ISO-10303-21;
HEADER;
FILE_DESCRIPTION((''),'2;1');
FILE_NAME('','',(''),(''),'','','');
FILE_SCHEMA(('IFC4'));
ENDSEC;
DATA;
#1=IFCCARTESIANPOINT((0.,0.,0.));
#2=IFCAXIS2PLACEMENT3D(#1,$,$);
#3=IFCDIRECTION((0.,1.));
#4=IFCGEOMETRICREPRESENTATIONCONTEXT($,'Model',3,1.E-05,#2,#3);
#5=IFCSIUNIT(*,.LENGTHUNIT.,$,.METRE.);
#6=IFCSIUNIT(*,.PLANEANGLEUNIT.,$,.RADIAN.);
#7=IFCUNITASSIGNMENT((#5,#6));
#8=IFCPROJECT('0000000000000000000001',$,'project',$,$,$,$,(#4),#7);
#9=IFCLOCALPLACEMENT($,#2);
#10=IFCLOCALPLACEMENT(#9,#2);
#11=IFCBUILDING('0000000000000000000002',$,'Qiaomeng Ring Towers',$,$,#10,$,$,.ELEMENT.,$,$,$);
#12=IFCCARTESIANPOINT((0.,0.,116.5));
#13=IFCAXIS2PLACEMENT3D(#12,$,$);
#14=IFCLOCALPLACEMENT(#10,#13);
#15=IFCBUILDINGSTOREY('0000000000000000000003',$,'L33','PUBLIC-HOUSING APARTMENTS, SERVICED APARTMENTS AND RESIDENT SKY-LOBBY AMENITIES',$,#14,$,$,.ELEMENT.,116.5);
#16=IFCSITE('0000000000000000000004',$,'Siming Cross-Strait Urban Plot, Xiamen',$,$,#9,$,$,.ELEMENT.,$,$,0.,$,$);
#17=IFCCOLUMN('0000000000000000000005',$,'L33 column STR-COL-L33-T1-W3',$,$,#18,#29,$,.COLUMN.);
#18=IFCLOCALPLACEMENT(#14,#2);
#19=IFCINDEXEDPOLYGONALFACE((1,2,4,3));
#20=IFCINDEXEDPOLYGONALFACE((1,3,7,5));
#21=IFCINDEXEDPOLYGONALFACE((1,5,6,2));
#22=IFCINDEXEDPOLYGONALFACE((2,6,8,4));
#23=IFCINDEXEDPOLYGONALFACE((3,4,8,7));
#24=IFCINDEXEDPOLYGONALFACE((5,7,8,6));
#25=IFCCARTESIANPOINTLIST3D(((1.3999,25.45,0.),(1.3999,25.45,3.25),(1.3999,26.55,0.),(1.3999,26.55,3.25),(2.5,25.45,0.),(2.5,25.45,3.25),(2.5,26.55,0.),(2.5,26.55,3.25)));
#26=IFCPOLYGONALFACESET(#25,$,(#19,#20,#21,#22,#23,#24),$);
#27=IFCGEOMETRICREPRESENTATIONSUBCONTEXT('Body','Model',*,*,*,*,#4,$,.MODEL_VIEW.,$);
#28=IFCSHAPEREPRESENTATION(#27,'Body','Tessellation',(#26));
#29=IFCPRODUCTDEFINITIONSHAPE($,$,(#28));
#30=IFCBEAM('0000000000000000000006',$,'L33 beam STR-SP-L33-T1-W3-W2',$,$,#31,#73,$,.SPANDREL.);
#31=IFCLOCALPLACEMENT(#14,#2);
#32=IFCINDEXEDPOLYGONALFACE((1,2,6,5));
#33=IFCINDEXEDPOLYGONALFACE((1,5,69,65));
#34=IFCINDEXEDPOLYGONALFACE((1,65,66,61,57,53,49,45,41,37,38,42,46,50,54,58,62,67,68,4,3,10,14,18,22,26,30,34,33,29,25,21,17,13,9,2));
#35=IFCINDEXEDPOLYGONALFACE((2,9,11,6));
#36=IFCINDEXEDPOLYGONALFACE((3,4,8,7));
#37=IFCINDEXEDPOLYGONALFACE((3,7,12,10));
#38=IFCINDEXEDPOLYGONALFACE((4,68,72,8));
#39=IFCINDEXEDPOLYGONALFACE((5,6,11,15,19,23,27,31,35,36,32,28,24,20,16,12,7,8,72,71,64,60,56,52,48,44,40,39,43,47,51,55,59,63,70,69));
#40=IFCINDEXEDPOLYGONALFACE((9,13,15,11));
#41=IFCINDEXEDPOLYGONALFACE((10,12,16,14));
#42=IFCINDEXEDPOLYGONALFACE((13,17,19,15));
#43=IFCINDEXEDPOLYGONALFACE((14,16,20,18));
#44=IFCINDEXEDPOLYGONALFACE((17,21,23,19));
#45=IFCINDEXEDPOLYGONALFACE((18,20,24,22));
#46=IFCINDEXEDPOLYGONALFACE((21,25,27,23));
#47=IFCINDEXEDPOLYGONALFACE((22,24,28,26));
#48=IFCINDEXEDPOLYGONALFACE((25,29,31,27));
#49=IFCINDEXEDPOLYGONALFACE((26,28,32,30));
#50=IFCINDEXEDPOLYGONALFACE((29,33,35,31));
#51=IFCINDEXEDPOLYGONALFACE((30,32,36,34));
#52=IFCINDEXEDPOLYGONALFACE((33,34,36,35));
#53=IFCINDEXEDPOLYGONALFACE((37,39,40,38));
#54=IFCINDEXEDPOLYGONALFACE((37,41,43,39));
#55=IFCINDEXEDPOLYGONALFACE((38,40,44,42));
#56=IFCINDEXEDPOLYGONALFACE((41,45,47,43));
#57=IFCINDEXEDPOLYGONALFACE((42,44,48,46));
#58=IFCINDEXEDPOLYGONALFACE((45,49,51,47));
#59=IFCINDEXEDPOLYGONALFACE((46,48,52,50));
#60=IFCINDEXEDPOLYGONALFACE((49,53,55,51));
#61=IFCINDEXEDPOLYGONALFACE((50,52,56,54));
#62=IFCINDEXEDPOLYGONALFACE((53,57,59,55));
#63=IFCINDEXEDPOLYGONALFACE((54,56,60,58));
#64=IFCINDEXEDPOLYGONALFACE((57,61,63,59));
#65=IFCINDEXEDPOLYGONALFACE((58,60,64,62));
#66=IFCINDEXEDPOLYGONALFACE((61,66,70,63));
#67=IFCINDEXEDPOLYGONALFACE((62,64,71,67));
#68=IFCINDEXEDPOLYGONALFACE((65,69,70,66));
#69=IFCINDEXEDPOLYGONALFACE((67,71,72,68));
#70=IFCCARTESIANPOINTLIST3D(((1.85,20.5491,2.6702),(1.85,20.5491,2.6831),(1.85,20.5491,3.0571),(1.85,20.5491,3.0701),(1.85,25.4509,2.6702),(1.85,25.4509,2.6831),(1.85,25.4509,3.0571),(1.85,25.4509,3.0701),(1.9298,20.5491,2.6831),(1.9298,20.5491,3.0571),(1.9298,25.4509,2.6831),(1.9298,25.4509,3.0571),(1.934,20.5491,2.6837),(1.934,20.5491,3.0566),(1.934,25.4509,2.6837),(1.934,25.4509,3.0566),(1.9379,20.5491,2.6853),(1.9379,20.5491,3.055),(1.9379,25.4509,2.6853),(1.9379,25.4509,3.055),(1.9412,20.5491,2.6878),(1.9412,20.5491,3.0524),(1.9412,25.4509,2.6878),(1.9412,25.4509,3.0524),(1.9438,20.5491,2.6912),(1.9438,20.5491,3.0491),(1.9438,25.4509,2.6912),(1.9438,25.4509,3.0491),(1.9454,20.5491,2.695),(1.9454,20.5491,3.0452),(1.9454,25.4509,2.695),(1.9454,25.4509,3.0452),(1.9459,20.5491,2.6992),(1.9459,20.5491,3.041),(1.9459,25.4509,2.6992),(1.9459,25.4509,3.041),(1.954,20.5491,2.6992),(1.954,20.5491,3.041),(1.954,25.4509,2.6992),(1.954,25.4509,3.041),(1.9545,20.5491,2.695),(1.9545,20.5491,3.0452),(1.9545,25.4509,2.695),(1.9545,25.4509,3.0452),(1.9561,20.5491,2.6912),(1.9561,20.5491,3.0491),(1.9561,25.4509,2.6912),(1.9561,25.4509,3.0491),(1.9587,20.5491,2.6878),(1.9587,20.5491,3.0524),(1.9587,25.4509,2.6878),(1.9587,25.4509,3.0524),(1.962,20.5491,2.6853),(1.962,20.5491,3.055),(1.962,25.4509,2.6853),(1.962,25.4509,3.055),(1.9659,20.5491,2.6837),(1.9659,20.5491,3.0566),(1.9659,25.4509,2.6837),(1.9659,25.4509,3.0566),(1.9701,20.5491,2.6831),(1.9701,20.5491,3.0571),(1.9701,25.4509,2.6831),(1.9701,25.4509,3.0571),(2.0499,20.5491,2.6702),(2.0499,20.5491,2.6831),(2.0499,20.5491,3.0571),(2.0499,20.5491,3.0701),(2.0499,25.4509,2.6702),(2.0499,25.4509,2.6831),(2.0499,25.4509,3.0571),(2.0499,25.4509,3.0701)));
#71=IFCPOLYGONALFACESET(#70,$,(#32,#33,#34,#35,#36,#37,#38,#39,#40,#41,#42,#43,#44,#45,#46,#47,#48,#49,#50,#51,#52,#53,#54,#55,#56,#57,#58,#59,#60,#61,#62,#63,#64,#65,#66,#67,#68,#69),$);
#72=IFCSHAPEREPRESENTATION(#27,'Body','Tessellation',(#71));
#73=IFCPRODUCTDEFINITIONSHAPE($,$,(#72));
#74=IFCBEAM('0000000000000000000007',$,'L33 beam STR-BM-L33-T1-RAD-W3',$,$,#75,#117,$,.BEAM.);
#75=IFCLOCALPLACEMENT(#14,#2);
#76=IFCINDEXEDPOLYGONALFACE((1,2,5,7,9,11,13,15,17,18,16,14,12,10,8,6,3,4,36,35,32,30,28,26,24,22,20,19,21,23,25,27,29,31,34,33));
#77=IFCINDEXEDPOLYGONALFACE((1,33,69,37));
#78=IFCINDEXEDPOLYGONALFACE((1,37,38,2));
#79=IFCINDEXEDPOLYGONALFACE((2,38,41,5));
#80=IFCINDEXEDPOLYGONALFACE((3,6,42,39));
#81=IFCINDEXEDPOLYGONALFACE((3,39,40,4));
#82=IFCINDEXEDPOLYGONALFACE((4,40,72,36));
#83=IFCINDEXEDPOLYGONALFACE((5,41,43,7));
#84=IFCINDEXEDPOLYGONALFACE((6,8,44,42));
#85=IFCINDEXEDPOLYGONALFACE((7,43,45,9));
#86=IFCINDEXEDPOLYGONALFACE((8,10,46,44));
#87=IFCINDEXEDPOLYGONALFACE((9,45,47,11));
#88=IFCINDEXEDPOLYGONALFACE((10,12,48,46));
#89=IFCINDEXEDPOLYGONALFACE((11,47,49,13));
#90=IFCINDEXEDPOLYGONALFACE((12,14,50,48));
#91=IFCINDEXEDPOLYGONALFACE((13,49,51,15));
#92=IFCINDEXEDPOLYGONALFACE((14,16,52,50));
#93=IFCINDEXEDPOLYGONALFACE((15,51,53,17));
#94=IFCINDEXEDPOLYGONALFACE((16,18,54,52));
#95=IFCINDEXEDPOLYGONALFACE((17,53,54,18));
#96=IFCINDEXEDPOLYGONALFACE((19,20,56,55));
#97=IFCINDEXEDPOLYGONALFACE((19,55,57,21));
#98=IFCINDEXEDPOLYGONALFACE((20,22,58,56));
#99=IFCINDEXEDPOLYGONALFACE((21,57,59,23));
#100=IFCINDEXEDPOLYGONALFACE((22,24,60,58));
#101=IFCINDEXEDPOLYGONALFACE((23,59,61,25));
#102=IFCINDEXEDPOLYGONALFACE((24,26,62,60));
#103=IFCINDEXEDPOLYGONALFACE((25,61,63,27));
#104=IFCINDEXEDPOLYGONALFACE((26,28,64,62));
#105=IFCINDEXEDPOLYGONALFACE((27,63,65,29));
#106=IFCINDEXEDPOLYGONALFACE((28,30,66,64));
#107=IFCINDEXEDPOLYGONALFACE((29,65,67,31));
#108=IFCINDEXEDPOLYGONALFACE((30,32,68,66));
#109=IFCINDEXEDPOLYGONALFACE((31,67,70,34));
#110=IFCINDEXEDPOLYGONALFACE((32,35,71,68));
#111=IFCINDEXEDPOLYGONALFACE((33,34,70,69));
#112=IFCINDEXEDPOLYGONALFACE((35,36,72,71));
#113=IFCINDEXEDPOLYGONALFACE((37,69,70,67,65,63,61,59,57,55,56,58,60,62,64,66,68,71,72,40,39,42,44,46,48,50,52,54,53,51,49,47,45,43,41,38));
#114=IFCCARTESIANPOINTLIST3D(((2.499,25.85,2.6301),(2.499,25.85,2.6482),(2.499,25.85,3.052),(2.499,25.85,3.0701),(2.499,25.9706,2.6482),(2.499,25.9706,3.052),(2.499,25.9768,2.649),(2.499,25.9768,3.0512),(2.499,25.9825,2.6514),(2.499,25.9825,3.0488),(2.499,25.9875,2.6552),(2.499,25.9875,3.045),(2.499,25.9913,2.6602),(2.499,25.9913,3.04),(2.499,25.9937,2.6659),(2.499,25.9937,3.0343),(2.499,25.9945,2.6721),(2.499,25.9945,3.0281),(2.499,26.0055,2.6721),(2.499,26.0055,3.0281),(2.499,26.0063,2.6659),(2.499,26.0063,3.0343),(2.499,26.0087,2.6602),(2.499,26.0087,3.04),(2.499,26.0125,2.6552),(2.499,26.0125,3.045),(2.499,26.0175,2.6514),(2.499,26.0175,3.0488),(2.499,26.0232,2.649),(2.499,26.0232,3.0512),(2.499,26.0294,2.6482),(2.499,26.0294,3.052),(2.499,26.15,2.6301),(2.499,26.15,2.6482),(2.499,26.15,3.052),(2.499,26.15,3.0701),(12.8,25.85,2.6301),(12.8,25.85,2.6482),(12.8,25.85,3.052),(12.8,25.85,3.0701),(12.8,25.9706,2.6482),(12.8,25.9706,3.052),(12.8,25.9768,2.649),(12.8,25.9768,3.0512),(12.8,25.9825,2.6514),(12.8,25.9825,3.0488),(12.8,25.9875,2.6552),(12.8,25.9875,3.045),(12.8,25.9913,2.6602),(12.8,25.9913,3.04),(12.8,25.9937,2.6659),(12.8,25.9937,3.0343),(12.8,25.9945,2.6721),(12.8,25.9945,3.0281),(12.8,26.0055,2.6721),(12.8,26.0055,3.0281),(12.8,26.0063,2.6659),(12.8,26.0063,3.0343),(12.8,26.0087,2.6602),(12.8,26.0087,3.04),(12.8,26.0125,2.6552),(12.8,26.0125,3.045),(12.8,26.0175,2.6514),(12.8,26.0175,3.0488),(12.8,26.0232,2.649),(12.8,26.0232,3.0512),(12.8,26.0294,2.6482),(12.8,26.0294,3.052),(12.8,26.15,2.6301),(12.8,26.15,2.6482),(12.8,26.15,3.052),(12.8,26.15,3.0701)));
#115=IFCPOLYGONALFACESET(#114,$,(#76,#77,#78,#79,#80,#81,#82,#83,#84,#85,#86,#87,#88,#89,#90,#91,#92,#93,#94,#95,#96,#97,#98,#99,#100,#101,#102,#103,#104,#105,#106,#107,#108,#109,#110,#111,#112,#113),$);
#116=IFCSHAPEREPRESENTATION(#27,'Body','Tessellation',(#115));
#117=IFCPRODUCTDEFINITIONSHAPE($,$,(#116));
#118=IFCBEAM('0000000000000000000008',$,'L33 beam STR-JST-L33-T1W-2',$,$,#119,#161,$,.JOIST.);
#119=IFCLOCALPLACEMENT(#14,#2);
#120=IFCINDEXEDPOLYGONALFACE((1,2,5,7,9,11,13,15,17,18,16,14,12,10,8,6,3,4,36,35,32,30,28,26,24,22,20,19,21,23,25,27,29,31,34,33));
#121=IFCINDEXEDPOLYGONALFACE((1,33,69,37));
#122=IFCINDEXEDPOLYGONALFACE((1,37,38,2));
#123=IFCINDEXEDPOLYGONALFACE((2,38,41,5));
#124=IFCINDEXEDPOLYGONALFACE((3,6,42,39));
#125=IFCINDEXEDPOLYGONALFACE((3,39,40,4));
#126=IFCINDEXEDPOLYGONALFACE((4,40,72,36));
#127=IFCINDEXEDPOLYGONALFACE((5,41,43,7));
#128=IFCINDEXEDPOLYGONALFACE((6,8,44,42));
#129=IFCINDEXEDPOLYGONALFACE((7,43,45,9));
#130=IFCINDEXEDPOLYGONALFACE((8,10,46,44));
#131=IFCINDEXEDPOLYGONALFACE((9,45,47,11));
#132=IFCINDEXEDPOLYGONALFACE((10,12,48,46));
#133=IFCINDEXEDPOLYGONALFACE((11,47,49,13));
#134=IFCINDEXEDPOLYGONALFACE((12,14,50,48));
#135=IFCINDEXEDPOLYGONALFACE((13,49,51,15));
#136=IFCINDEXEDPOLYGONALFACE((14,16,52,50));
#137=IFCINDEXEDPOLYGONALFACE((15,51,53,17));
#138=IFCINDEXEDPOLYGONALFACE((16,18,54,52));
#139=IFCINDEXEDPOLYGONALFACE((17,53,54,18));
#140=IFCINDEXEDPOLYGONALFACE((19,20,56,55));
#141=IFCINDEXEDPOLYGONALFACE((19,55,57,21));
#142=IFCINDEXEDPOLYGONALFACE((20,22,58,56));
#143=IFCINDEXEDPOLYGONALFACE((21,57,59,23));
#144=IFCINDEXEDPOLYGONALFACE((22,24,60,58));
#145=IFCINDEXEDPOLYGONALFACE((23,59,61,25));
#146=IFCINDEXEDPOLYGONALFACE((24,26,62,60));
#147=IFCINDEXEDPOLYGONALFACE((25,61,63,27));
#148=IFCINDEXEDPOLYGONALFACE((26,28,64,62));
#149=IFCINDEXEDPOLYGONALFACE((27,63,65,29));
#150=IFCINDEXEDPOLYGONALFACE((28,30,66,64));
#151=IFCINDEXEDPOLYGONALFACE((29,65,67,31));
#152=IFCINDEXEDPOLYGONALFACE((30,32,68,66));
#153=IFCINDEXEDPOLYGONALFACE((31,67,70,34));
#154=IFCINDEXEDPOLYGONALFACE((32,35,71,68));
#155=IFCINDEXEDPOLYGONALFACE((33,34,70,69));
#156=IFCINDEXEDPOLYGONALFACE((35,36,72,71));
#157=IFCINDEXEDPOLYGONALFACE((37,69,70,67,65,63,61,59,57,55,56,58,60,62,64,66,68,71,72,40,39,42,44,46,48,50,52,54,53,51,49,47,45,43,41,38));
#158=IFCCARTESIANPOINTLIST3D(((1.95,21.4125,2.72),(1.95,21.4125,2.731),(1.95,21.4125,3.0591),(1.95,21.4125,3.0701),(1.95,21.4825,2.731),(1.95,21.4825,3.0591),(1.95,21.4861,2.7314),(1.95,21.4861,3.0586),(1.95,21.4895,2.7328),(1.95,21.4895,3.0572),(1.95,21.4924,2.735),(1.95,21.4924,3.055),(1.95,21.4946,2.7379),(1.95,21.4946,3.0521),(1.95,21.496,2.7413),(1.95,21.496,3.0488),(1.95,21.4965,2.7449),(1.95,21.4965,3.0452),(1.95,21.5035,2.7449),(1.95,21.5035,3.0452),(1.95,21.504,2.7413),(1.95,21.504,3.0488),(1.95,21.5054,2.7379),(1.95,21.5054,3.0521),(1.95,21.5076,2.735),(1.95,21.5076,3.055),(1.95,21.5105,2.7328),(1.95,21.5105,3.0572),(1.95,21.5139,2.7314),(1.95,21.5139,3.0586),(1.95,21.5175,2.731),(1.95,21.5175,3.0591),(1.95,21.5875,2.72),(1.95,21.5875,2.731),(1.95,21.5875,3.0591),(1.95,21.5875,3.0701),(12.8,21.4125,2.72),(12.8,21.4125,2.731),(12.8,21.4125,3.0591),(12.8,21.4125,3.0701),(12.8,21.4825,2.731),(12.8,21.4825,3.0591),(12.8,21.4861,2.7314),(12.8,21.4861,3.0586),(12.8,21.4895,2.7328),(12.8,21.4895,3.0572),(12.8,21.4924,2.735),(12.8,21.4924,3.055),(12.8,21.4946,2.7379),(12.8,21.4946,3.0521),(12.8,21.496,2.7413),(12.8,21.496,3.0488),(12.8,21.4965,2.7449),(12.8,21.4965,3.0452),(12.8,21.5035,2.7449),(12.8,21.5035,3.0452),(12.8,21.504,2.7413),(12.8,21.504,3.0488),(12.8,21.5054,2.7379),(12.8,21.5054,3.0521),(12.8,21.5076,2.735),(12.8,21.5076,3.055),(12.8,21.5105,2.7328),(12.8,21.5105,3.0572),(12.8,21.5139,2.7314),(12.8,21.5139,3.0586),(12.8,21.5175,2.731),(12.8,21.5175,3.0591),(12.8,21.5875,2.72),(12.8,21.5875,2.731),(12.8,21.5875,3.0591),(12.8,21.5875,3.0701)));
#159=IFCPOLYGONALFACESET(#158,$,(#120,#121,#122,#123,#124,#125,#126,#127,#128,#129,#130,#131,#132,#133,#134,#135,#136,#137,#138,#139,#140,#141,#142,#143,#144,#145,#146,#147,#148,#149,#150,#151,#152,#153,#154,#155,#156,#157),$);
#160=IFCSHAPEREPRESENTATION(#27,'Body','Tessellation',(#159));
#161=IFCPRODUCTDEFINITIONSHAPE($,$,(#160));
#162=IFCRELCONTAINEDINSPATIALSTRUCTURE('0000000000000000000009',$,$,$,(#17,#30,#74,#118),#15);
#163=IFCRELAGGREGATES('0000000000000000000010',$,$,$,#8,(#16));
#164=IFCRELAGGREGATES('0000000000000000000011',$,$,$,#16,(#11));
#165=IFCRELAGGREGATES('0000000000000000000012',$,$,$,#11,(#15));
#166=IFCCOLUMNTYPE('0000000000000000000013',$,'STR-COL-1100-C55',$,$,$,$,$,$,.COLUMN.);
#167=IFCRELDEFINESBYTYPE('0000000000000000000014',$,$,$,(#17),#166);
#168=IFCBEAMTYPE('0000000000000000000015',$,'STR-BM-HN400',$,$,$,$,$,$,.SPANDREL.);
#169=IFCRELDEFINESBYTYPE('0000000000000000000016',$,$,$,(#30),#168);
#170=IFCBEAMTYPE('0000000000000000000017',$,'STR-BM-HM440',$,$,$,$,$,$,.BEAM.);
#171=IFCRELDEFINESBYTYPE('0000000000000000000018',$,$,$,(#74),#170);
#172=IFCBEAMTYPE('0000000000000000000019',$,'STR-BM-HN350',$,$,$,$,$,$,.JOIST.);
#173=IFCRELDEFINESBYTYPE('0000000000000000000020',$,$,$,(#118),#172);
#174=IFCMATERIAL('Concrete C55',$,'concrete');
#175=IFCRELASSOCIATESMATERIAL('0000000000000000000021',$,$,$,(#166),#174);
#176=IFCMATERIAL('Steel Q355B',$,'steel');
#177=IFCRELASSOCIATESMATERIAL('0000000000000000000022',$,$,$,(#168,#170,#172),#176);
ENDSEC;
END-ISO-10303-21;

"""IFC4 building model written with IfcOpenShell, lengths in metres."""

from ifc_helpers import new_model, si_unit, direction, frame, origin, origin_2d, place, context, subcontext, project, spatial, rectangle, i_section, extrude, source, transform, mapped, material, material_profile, profile_set, type_object, element, save


model = new_model("IFC4")

# Units and contexts
model_context = context("Model", 3, precision=1e-05, world=origin(), true_north=direction((0.0, 1.0)))
body_context = subcontext(model_context, "Body", "Model", "MODEL_VIEW")
ifc_project = project(units=[si_unit("LENGTHUNIT", "METRE"), si_unit("PLANEANGLEUNIT", "RADIAN")], contexts=[model_context])

# Site, building, storey
site_placement = place(None, origin())
site = spatial("IfcSite", under=ifc_project, at=site_placement, Name="Siming Cross-Strait Urban Plot, Xiamen", CompositionType="ELEMENT", RefElevation=0.0)
building_placement = place(site_placement, origin())
building = spatial("IfcBuilding", under=site, at=building_placement, Name="Qiaomeng Ring Towers", CompositionType="ELEMENT")
storey_placement = place(building_placement, frame((0.0, 0.0, 116.5)))
storey = spatial("IfcBuildingStorey", under=building, at=storey_placement, Name="L33", Description="PUBLIC-HOUSING APARTMENTS, SERVICED APARTMENTS AND RESIDENT SKY-LOBBY AMENITIES", CompositionType="ELEMENT", Elevation=116.5)

# Column
ifc_material_1 = material(Name="Concrete C55", Category="concrete")
ifc_material_profile_1 = material_profile(ifc_material_1, rectangle(XDim=1.1001, YDim=1.1001, at=origin_2d()), Name="RC COL 1100x1100")
ifc_profile_set_1 = profile_set([ifc_material_profile_1], Name="Concrete C55")
column_type = type_object("IfcColumnType", Name="STR-COL-1100-C55", PredefinedType="COLUMN", material=ifc_profile_set_1)
shared_shape_1 = source(origin(), body_context, "Body", "SweptSolid", [
    extrude(rectangle(XDim=1.1001, YDim=1.1001, at=origin_2d()), origin(), (0.0, 0.0, 1.0), 3.25),
])
column_placement = place(storey_placement, frame((1.95, 26.0, 0.0), z_axis=(0.0, 0.0, 1.0), x_axis=(1.0, 0.0, 0.0)))
element("IfcColumn", 1, at=column_placement, inside=storey, type_object=column_type, Name="L33 column STR-COL-L33-T1-W3", PredefinedType="COLUMN", context=body_context, shape_type="MappedRepresentation", body=[
    mapped(shared_shape_1, transform((0.0, 0.0, 0.0), x_axis=(1.0, 0.0, 0.0), y_axis=(0.0, 1.0, 0.0), z_axis=(0.0, 0.0, 1.0), scale=1.0)),
])

# Beams
ifc_material_2 = material(Name="Steel Q355B", Category="steel")
ifc_material_profile_2 = material_profile(ifc_material_2, i_section(OverallWidth=0.2, OverallDepth=0.3999, WebThickness=0.0081, FlangeThickness=0.0129, FilletRadius=0.0161, at=origin_2d()), Name="HN 400x200x8x13")
ifc_profile_set_2 = profile_set([ifc_material_profile_2], Name="Steel Q355B")
beam_type_1 = type_object("IfcBeamType", Name="STR-BM-HN400", PredefinedType="SPANDREL", material=ifc_profile_set_2)
shared_shape_2 = source(origin(), body_context, "Body", "SweptSolid", [
    extrude(i_section(OverallWidth=0.2, OverallDepth=0.3999, WebThickness=0.0081, FlangeThickness=0.0129, FilletRadius=0.0161, at=origin_2d()), origin(), (0.0, 0.0, 1.0), 4.9019),
])
beam_1_placement = place(storey_placement, frame((1.95, 25.4509, 2.8701), z_axis=(0.0, -1.0, 0.0), x_axis=(1.0, 0.0, 0.0)))
element("IfcBeam", 2, at=beam_1_placement, inside=storey, type_object=beam_type_1, Name="L33 beam STR-SP-L33-T1-W3-W2", PredefinedType="SPANDREL", context=body_context, shape_type="MappedRepresentation", body=[
    mapped(shared_shape_2, transform((0.0, 0.0, 0.0), x_axis=(1.0, 0.0, 0.0), y_axis=(0.0, 1.0, 0.0), z_axis=(0.0, 0.0, 1.0), scale=1.0)),
])
ifc_material_profile_3 = material_profile(ifc_material_2, i_section(OverallWidth=0.3, OverallDepth=0.4399, WebThickness=0.011, FlangeThickness=0.0181, FilletRadius=0.0239, at=origin_2d()), Name="HM 440x300x11x18")
ifc_profile_set_3 = profile_set([ifc_material_profile_3], Name="Steel Q355B")
beam_type_2 = type_object("IfcBeamType", Name="STR-BM-HM440", PredefinedType="BEAM", material=ifc_profile_set_3)
shared_shape_3 = source(origin(), body_context, "Body", "SweptSolid", [
    extrude(i_section(OverallWidth=0.3, OverallDepth=0.4399, WebThickness=0.011, FlangeThickness=0.0181, FilletRadius=0.0239, at=origin_2d()), origin(), (0.0, 0.0, 1.0), 10.301),
])
beam_2_placement = place(storey_placement, frame((2.499, 26.0, 2.8501), z_axis=(1.0, 0.0, 0.0), x_axis=(0.0, 1.0, 0.0)))
element("IfcBeam", 3, at=beam_2_placement, inside=storey, type_object=beam_type_2, Name="L33 beam STR-BM-L33-T1-RAD-W3", PredefinedType="BEAM", context=body_context, shape_type="MappedRepresentation", body=[
    mapped(shared_shape_3, transform((0.0, 0.0, 0.0), x_axis=(1.0, 0.0, 0.0), y_axis=(0.0, 1.0, 0.0), z_axis=(0.0, 0.0, 1.0), scale=1.0)),
])
ifc_material_profile_4 = material_profile(ifc_material_2, i_section(OverallWidth=0.175, OverallDepth=0.3501, WebThickness=0.0071, FlangeThickness=0.011, FilletRadius=0.0139, at=origin_2d()), Name="HN 350x175x7x11")
ifc_profile_set_4 = profile_set([ifc_material_profile_4], Name="Steel Q355B")
beam_type_3 = type_object("IfcBeamType", Name="STR-BM-HN350", PredefinedType="JOIST", material=ifc_profile_set_4)
shared_shape_4 = source(origin(), body_context, "Body", "SweptSolid", [
    extrude(i_section(OverallWidth=0.175, OverallDepth=0.3501, WebThickness=0.0071, FlangeThickness=0.011, FilletRadius=0.0139, at=origin_2d()), origin(), (0.0, 0.0, 1.0), 10.8501),
])
for number, where, z_axis, x_axis, name in (
    (4, (1.95, 21.5, 2.895), (1.0, 0.0, 0.0), (0.0, 1.0, 0.0), "L33 beam STR-JST-L33-T1W-2"),
):
    element("IfcBeam", number, at=place(storey_placement, frame(where, z_axis=z_axis, x_axis=x_axis)), inside=storey, type_object=beam_type_3, Name=name, PredefinedType="JOIST", context=body_context, shape_type="MappedRepresentation", body=[
        mapped(shared_shape_4, transform((0.0, 0.0, 0.0), x_axis=(1.0, 0.0, 0.0), y_axis=(0.0, 1.0, 0.0), z_axis=(0.0, 0.0, 1.0), scale=1.0)),
    ])

save(model, "model.ifc")
